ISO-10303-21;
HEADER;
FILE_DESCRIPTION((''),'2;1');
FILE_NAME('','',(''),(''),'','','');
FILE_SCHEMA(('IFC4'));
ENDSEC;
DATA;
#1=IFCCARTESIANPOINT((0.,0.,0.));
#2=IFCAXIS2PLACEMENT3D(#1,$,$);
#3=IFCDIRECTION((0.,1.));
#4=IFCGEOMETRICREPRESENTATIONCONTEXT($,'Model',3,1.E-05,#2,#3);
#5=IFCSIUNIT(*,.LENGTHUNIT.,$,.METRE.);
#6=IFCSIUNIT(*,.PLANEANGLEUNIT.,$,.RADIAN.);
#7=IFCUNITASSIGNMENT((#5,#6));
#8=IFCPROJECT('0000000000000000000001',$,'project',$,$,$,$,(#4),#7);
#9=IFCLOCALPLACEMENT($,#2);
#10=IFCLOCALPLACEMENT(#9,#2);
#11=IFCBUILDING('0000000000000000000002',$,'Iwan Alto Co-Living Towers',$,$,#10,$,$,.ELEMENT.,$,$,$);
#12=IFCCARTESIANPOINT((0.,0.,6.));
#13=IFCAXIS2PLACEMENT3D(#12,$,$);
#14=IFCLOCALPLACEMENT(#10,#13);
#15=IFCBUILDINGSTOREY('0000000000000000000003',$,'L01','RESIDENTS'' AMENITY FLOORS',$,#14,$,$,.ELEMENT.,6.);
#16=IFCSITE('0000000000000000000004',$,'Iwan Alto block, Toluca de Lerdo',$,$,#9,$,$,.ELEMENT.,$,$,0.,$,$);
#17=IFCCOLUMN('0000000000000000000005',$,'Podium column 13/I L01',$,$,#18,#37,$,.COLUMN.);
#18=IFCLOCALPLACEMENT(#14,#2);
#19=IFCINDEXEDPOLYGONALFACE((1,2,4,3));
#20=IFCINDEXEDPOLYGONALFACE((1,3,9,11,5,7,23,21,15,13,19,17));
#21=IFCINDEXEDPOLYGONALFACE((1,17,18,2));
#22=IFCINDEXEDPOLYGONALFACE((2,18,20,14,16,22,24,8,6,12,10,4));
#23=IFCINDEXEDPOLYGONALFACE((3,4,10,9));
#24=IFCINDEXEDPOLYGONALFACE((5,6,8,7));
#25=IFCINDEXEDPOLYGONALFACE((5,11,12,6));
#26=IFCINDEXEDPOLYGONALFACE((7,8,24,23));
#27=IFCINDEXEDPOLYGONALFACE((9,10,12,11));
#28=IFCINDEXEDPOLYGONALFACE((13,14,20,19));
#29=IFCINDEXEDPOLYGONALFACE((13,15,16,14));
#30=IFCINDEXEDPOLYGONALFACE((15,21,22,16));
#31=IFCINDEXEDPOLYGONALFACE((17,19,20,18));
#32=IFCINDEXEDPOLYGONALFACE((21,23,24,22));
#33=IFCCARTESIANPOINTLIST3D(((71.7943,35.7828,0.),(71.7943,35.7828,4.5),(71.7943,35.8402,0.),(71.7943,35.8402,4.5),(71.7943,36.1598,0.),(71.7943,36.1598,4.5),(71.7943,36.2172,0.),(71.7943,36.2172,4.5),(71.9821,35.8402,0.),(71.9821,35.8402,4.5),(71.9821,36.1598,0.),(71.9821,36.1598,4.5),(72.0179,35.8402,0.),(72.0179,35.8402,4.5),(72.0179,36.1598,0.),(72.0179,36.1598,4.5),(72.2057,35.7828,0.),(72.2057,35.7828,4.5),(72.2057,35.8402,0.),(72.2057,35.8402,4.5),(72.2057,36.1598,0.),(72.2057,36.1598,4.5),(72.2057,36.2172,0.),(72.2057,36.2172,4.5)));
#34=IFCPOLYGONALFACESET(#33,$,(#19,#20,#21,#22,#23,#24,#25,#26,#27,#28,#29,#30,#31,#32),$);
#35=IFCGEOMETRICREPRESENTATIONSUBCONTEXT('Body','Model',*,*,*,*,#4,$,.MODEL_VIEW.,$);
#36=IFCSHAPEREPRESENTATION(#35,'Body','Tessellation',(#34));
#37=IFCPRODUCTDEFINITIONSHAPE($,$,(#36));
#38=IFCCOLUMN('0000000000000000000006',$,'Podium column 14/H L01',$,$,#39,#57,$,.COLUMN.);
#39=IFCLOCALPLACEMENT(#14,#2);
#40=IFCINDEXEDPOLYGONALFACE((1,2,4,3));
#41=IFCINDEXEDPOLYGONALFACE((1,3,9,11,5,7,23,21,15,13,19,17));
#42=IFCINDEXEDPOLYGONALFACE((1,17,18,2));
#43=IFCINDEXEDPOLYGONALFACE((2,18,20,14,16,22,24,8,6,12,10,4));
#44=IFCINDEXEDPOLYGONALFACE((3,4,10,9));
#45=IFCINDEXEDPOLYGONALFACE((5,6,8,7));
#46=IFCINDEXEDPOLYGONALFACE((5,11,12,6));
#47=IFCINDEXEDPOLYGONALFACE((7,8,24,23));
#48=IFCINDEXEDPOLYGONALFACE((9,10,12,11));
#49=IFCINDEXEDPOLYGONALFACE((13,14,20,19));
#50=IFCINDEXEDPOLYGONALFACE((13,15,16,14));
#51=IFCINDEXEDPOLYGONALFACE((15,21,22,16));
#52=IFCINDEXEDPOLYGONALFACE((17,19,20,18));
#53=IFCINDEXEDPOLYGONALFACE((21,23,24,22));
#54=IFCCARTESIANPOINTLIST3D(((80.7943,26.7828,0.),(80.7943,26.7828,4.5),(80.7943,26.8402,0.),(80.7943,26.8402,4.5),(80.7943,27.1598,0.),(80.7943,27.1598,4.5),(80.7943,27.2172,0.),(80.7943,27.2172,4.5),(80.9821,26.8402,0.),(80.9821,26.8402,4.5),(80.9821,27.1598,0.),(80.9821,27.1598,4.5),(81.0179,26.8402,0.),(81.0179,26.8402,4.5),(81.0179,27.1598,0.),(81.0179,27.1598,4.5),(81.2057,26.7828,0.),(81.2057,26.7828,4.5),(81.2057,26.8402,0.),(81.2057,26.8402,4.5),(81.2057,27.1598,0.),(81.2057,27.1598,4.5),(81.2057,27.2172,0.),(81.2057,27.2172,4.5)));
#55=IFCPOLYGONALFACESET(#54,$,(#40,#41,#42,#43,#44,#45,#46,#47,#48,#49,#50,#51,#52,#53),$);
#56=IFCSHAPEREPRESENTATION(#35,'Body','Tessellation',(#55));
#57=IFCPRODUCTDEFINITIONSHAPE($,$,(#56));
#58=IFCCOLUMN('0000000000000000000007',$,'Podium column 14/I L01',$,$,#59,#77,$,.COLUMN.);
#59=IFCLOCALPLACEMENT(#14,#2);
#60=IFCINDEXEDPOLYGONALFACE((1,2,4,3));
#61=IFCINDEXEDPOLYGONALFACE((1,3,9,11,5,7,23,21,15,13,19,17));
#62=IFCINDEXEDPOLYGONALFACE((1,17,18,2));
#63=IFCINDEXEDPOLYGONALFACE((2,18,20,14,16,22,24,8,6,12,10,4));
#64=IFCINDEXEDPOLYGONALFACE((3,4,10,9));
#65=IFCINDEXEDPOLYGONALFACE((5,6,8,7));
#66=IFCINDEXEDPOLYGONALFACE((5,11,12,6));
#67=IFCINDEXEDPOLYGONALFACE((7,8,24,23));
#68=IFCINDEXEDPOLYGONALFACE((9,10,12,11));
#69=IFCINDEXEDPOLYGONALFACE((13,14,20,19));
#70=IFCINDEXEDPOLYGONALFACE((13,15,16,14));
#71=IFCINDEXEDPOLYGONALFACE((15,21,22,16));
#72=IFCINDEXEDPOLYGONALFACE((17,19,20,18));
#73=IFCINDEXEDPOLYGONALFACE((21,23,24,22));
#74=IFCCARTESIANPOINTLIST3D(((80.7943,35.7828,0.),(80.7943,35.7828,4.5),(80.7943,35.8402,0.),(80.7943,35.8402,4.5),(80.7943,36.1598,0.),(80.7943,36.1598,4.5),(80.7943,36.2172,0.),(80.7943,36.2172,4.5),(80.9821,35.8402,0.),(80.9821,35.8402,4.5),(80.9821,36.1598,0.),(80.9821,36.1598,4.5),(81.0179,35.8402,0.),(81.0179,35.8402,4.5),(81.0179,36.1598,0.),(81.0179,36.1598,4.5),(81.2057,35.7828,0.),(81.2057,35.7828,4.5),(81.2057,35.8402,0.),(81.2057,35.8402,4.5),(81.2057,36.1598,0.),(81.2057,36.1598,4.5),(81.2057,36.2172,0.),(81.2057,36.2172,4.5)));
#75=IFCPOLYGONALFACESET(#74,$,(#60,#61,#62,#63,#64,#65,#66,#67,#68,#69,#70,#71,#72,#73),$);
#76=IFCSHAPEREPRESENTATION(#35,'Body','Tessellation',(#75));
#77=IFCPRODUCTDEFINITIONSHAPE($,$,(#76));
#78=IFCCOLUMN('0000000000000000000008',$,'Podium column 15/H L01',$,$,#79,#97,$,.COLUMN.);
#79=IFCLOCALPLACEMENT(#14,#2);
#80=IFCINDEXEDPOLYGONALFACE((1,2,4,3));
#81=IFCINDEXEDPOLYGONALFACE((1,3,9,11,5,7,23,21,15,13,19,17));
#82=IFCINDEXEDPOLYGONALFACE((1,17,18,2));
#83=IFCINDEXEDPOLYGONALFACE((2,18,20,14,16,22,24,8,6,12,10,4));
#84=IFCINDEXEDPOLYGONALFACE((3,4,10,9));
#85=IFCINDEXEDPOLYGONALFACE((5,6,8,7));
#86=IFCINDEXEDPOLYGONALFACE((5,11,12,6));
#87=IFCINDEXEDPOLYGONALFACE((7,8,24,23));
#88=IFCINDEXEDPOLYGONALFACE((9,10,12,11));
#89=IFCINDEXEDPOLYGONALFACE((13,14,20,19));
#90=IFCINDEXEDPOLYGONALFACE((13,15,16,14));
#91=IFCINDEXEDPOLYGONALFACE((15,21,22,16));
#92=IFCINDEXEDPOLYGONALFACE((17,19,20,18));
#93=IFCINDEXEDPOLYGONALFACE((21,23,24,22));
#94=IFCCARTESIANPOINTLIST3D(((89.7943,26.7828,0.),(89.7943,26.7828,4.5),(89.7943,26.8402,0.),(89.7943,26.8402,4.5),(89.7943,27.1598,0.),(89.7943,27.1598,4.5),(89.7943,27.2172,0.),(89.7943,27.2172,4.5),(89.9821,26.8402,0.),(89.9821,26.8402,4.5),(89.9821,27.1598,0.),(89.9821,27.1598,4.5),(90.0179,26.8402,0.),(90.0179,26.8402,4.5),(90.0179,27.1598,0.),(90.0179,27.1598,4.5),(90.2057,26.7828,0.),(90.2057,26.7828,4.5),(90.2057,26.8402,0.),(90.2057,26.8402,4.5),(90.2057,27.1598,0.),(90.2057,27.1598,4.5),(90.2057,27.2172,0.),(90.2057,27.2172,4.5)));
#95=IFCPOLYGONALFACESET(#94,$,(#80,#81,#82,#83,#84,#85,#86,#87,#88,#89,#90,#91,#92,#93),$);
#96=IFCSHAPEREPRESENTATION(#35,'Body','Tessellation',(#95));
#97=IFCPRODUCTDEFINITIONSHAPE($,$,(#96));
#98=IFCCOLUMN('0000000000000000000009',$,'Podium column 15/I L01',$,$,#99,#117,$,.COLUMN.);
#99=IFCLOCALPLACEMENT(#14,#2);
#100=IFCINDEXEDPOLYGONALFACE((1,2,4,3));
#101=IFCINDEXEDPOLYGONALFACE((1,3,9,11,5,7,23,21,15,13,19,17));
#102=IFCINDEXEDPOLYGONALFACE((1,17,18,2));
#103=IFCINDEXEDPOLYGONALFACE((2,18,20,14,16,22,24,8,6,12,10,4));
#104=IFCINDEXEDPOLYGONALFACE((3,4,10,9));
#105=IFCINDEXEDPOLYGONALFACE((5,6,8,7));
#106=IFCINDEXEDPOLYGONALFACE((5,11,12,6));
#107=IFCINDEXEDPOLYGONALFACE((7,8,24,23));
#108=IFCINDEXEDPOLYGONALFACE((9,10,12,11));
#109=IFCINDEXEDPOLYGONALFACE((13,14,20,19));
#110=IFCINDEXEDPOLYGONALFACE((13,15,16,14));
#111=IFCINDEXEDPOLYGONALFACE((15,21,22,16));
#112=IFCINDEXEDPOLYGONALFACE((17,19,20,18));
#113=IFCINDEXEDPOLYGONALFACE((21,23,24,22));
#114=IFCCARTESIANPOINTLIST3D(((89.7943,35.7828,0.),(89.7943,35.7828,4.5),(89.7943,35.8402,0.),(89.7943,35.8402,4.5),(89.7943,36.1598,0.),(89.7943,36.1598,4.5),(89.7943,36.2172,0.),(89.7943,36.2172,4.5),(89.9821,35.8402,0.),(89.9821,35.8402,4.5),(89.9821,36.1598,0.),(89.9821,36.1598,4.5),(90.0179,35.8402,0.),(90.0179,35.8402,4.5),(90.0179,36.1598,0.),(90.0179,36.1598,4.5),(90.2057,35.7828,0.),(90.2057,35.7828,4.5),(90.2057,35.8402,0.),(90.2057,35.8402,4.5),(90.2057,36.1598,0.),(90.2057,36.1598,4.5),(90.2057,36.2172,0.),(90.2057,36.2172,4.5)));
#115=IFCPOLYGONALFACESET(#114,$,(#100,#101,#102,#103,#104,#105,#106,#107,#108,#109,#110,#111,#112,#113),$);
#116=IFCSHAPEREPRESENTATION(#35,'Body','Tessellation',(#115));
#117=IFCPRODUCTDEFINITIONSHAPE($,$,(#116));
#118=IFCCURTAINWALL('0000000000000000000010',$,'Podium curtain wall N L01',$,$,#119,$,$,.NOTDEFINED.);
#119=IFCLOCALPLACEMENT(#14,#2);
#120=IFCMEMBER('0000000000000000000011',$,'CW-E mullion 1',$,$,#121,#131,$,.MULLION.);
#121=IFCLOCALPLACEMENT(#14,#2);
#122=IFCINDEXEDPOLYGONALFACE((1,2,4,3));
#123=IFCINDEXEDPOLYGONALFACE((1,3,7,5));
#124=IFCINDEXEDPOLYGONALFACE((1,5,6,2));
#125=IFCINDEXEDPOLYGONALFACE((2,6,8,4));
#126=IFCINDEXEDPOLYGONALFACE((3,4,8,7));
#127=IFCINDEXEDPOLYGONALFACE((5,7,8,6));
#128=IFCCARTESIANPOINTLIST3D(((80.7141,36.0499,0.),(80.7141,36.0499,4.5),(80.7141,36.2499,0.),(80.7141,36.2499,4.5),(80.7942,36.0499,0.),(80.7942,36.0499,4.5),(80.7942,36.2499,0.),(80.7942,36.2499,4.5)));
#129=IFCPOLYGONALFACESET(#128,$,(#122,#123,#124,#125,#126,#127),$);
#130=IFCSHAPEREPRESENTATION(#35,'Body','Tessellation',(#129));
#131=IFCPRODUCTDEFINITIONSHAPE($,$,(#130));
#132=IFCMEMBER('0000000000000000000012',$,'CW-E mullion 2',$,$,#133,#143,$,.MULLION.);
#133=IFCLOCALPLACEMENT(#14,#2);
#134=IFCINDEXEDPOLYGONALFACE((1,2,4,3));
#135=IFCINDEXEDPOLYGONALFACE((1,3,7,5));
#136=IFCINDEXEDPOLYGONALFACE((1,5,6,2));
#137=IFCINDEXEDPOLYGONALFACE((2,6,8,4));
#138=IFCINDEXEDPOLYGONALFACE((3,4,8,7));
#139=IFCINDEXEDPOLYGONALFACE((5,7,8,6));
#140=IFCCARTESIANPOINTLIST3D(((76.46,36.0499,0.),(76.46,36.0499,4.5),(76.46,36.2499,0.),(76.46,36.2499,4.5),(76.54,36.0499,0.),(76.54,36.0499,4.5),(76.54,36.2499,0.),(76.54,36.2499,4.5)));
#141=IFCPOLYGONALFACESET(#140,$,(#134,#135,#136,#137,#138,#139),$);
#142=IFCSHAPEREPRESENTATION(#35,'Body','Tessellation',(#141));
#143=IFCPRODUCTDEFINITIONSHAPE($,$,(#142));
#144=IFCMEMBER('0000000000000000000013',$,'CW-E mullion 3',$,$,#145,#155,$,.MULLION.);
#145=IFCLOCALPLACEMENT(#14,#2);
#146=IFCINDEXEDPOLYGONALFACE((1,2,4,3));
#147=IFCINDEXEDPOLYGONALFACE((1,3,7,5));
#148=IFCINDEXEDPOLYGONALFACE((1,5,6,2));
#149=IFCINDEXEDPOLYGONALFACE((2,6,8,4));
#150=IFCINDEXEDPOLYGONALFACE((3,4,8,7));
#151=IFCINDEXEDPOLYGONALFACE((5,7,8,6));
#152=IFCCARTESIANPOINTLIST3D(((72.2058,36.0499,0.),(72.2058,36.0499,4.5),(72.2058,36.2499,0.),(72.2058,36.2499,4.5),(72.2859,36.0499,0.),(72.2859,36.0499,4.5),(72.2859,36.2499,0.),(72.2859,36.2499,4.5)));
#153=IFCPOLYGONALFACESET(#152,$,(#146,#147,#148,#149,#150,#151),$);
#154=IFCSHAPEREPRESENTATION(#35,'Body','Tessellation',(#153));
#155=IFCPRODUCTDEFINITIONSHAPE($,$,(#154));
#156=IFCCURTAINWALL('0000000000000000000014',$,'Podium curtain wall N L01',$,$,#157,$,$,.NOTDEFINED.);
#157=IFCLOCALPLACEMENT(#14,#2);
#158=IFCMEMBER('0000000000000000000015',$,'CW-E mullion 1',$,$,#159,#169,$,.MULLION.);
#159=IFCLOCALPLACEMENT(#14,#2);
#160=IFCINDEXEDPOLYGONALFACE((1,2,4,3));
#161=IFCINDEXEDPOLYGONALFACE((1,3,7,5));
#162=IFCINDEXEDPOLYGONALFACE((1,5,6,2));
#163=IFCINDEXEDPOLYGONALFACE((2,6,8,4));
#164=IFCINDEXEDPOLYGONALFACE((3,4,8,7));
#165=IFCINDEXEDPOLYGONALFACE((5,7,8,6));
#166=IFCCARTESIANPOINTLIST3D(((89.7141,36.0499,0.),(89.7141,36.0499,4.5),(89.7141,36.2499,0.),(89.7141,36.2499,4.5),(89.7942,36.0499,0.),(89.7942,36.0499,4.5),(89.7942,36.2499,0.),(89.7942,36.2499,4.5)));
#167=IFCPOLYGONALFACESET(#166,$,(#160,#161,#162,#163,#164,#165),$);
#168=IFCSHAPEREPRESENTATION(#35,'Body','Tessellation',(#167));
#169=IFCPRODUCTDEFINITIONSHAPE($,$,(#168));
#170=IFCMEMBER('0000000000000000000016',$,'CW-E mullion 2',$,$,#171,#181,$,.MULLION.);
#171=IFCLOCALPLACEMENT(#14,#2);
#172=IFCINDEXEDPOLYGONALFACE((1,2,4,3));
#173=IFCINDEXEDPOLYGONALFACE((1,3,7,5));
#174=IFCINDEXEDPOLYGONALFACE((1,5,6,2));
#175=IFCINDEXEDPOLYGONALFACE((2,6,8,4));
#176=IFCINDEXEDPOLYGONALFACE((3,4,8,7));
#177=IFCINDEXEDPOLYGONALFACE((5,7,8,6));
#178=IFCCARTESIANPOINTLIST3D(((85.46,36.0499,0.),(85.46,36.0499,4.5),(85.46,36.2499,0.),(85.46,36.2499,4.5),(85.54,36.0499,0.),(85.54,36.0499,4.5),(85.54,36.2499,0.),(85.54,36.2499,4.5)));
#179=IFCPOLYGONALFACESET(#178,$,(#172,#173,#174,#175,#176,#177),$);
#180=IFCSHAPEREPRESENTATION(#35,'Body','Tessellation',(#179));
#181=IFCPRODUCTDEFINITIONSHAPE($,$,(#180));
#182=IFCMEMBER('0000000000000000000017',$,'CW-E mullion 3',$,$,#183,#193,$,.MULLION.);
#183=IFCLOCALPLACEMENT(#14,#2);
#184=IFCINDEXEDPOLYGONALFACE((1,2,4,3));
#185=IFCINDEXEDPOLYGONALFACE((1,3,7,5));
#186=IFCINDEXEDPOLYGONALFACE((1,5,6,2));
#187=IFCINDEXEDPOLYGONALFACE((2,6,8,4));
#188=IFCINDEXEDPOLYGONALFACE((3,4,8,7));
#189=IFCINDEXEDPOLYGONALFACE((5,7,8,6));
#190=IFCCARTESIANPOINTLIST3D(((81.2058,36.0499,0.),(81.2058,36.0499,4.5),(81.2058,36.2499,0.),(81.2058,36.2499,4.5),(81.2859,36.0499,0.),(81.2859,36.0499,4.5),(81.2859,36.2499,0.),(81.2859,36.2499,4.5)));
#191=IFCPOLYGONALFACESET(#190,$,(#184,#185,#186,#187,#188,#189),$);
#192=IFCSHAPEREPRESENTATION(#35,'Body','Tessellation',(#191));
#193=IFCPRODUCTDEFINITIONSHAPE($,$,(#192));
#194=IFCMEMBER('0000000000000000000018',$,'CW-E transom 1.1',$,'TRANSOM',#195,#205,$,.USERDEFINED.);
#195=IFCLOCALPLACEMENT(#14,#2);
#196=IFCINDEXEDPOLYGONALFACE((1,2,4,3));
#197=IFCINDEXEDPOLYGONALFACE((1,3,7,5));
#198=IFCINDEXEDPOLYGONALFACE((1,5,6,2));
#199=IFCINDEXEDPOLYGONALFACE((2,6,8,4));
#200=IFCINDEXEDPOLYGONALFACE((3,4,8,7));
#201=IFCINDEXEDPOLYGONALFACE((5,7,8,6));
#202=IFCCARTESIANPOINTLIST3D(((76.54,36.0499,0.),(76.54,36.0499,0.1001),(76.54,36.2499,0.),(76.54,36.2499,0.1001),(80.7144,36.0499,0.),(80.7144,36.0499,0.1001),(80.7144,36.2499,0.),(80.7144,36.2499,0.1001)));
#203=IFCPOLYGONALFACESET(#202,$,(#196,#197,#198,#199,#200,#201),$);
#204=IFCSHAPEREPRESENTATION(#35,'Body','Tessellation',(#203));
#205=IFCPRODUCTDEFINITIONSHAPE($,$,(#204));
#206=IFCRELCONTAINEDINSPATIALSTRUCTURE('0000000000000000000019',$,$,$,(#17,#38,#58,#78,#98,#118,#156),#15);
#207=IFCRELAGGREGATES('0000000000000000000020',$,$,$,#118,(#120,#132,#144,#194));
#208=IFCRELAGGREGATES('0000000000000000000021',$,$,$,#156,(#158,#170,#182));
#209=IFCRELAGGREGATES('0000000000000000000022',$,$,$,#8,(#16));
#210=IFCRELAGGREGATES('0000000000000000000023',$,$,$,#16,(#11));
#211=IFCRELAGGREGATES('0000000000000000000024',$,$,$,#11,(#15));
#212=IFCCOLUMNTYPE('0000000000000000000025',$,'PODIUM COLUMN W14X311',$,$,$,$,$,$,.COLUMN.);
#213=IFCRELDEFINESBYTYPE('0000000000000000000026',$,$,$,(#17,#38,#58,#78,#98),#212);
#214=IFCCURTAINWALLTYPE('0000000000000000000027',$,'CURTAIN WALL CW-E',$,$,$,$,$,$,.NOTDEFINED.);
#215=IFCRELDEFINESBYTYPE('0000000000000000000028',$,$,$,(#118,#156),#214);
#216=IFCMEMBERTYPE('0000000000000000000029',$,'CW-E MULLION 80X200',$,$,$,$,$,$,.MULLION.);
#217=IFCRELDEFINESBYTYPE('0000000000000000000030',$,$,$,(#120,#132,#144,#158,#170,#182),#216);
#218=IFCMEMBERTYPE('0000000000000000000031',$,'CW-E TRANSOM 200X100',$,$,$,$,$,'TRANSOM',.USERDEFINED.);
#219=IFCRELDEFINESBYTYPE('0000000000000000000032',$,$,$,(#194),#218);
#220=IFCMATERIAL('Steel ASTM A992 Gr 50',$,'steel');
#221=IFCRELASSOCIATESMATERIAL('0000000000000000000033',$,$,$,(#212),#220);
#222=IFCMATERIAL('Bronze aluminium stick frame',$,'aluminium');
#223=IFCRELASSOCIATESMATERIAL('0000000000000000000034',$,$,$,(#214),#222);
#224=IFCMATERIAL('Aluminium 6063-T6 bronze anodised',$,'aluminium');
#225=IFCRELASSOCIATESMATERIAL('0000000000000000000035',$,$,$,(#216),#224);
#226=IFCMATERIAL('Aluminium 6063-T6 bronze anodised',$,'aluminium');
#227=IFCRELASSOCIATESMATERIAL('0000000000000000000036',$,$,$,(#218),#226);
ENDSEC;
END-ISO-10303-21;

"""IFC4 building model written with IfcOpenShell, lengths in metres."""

from ifc_helpers import new_model, si_unit, direction, frame, origin, origin_2d, place, context, subcontext, project, spatial, rectangle, i_section, extrude, material, material_profile, profile_set, type_object, element, aggregate, save


model = new_model("IFC4")

# Units and contexts
model_context = context("Model", 3, precision=1e-05, world=origin(), true_north=direction((0.0, 1.0)))
body_context = subcontext(model_context, "Body", "Model", "MODEL_VIEW")
ifc_project = project(units=[si_unit("LENGTHUNIT", "METRE"), si_unit("PLANEANGLEUNIT", "RADIAN")], contexts=[model_context])

# Site, building, storey
site_placement = place(None, origin())
site = spatial("IfcSite", under=ifc_project, at=site_placement, Name="Iwan Alto block, Toluca de Lerdo", CompositionType="ELEMENT", RefElevation=0.0)
building_placement = place(site_placement, origin())
building = spatial("IfcBuilding", under=site, at=building_placement, Name="Iwan Alto Co-Living Towers", CompositionType="ELEMENT")
storey_placement = place(building_placement, frame((0.0, 0.0, 6.0)))
storey = spatial("IfcBuildingStorey", under=building, at=storey_placement, Name="L01", Description="RESIDENTS' AMENITY FLOORS", CompositionType="ELEMENT", Elevation=6.0)

# Columns
ifc_material_1 = material(Name="Steel ASTM A992 Gr 50", Category="steel")
ifc_material_profile_1 = material_profile(ifc_material_1, i_section(OverallWidth=0.4114, OverallDepth=0.4343, WebThickness=0.0359, FlangeThickness=0.0574, at=origin_2d()), Name="W14X311")
ifc_profile_set_1 = profile_set([ifc_material_profile_1], Name="Steel ASTM A992 Gr 50")
column_type = type_object("IfcColumnType", Name="PODIUM COLUMN W14X311", PredefinedType="COLUMN", material=ifc_profile_set_1)
for number, where, z_axis, x_axis, name in (
    (1, (72.0, 36.0, 0.0), (0.0, 0.0, 1.0), (1.0, 0.0, 0.0), "Podium column 13/I L01"),
    (2, (81.0, 27.0, 0.0), (0.0, 0.0, 1.0), (1.0, 0.0, 0.0), "Podium column 14/H L01"),
    (3, (81.0, 36.0, 0.0), (0.0, 0.0, 1.0), (1.0, 0.0, 0.0), "Podium column 14/I L01"),
    (4, (90.0, 27.0, 0.0), (0.0, 0.0, 1.0), (1.0, 0.0, 0.0), "Podium column 15/H L01"),
    (5, (90.0, 36.0, 0.0), (0.0, 0.0, 1.0), (1.0, 0.0, 0.0), "Podium column 15/I L01"),
):
    element("IfcColumn", number, at=place(storey_placement, frame(where, z_axis=z_axis, x_axis=x_axis)), inside=storey, type_object=column_type, Name=name, PredefinedType="COLUMN", context=body_context, shape_type="SweptSolid", body=[
        extrude(i_section(OverallWidth=0.4114, OverallDepth=0.4343, WebThickness=0.0359, FlangeThickness=0.0574, at=origin_2d()), origin(), (0.0, 0.0, 1.0), 4.5),
    ])

# Curtain walls, members
ifc_material_2 = material(Name="Bronze aluminium stick frame", Category="aluminium")
curtain_wall_type = type_object("IfcCurtainWallType", Name="CURTAIN WALL CW-E", PredefinedType="NOTDEFINED", material=ifc_material_2)
curtain_wall_1_placement = place(storey_placement, origin())
curtain_wall_1 = element("IfcCurtainWall", 6, at=curtain_wall_1_placement, inside=storey, type_object=curtain_wall_type, Name="Podium curtain wall N L01", PredefinedType="NOTDEFINED")
ifc_material_3 = material(Name="Aluminium 6063-T6 bronze anodised", Category="aluminium")
ifc_material_profile_2 = material_profile(ifc_material_3, rectangle(XDim=0.2, YDim=0.0801, at=origin_2d()), Name="AL 80X200")
ifc_profile_set_2 = profile_set([ifc_material_profile_2], Name="Aluminium 6063-T6 bronze anodised")
member_type_1 = type_object("IfcMemberType", Name="CW-E MULLION 80X200", PredefinedType="MULLION", material=ifc_profile_set_2)
member_1_placement = place(storey_placement, frame((80.7542, 36.1499, 0.0), z_axis=(0.0, 0.0, 1.0), x_axis=(0.0, -1.0, 0.0)))
member_1 = element("IfcMember", 7, at=member_1_placement, type_object=member_type_1, Name="CW-E mullion 1", PredefinedType="MULLION", context=body_context, shape_type="SweptSolid", body=[
    extrude(rectangle(XDim=0.2, YDim=0.0801, at=origin_2d()), origin(), (0.0, 0.0, 1.0), 4.5),
])
member_2_placement = place(storey_placement, frame((76.5, 36.1499, 0.0), z_axis=(0.0, 0.0, 1.0), x_axis=(0.0, -1.0, 0.0)))
member_2 = element("IfcMember", 8, at=member_2_placement, type_object=member_type_1, Name="CW-E mullion 2", PredefinedType="MULLION", context=body_context, shape_type="SweptSolid", body=[
    extrude(rectangle(XDim=0.2, YDim=0.0801, at=origin_2d()), origin(), (0.0, 0.0, 1.0), 4.5),
])
member_3_placement = place(storey_placement, frame((72.2458, 36.1499, 0.0), z_axis=(0.0, 0.0, 1.0), x_axis=(0.0, -1.0, 0.0)))
member_3 = element("IfcMember", 9, at=member_3_placement, type_object=member_type_1, Name="CW-E mullion 3", PredefinedType="MULLION", context=body_context, shape_type="SweptSolid", body=[
    extrude(rectangle(XDim=0.2, YDim=0.0801, at=origin_2d()), origin(), (0.0, 0.0, 1.0), 4.5),
])
curtain_wall_2_placement = place(storey_placement, origin())
curtain_wall_2 = element("IfcCurtainWall", 10, at=curtain_wall_2_placement, inside=storey, type_object=curtain_wall_type, Name="Podium curtain wall N L01", PredefinedType="NOTDEFINED")
member_4_placement = place(storey_placement, frame((89.7542, 36.1499, 0.0), z_axis=(0.0, 0.0, 1.0), x_axis=(0.0, -1.0, 0.0)))
member_4 = element("IfcMember", 11, at=member_4_placement, type_object=member_type_1, Name="CW-E mullion 1", PredefinedType="MULLION", context=body_context, shape_type="SweptSolid", body=[
    extrude(rectangle(XDim=0.2, YDim=0.0801, at=origin_2d()), origin(), (0.0, 0.0, 1.0), 4.5),
])
member_5_placement = place(storey_placement, frame((85.5, 36.1499, 0.0), z_axis=(0.0, 0.0, 1.0), x_axis=(0.0, -1.0, 0.0)))
member_5 = element("IfcMember", 12, at=member_5_placement, type_object=member_type_1, Name="CW-E mullion 2", PredefinedType="MULLION", context=body_context, shape_type="SweptSolid", body=[
    extrude(rectangle(XDim=0.2, YDim=0.0801, at=origin_2d()), origin(), (0.0, 0.0, 1.0), 4.5),
])
member_6_placement = place(storey_placement, frame((81.2458, 36.1499, 0.0), z_axis=(0.0, 0.0, 1.0), x_axis=(0.0, -1.0, 0.0)))
member_6 = element("IfcMember", 13, at=member_6_placement, type_object=member_type_1, Name="CW-E mullion 3", PredefinedType="MULLION", context=body_context, shape_type="SweptSolid", body=[
    extrude(rectangle(XDim=0.2, YDim=0.0801, at=origin_2d()), origin(), (0.0, 0.0, 1.0), 4.5),
])

# Member
ifc_material_4 = material(Name="Aluminium 6063-T6 bronze anodised", Category="aluminium")
ifc_material_profile_3 = material_profile(ifc_material_4, rectangle(XDim=0.2, YDim=0.1001, at=origin_2d()), Name="AL 200X100")
ifc_profile_set_3 = profile_set([ifc_material_profile_3], Name="Aluminium 6063-T6 bronze anodised")
member_type_2 = type_object("IfcMemberType", Name="CW-E TRANSOM 200X100", ElementType="TRANSOM", PredefinedType="USERDEFINED", material=ifc_profile_set_3)
member_7_placement = place(storey_placement, frame((80.7144, 36.1499, 0.05), z_axis=(-1.0, 0.0, 0.0), x_axis=(0.0, -1.0, 0.0)))
member_7 = element("IfcMember", 14, at=member_7_placement, type_object=member_type_2, Name="CW-E transom 1.1", ObjectType="TRANSOM", PredefinedType="USERDEFINED", context=body_context, shape_type="SweptSolid", body=[
    extrude(rectangle(XDim=0.2, YDim=0.1001, at=origin_2d()), origin(), (0.0, 0.0, 1.0), 4.1743),
])

aggregate(curtain_wall_1, [member_1, member_2, member_3, member_7])
aggregate(curtain_wall_2, [member_4, member_5, member_6])

save(model, "model.ifc")
